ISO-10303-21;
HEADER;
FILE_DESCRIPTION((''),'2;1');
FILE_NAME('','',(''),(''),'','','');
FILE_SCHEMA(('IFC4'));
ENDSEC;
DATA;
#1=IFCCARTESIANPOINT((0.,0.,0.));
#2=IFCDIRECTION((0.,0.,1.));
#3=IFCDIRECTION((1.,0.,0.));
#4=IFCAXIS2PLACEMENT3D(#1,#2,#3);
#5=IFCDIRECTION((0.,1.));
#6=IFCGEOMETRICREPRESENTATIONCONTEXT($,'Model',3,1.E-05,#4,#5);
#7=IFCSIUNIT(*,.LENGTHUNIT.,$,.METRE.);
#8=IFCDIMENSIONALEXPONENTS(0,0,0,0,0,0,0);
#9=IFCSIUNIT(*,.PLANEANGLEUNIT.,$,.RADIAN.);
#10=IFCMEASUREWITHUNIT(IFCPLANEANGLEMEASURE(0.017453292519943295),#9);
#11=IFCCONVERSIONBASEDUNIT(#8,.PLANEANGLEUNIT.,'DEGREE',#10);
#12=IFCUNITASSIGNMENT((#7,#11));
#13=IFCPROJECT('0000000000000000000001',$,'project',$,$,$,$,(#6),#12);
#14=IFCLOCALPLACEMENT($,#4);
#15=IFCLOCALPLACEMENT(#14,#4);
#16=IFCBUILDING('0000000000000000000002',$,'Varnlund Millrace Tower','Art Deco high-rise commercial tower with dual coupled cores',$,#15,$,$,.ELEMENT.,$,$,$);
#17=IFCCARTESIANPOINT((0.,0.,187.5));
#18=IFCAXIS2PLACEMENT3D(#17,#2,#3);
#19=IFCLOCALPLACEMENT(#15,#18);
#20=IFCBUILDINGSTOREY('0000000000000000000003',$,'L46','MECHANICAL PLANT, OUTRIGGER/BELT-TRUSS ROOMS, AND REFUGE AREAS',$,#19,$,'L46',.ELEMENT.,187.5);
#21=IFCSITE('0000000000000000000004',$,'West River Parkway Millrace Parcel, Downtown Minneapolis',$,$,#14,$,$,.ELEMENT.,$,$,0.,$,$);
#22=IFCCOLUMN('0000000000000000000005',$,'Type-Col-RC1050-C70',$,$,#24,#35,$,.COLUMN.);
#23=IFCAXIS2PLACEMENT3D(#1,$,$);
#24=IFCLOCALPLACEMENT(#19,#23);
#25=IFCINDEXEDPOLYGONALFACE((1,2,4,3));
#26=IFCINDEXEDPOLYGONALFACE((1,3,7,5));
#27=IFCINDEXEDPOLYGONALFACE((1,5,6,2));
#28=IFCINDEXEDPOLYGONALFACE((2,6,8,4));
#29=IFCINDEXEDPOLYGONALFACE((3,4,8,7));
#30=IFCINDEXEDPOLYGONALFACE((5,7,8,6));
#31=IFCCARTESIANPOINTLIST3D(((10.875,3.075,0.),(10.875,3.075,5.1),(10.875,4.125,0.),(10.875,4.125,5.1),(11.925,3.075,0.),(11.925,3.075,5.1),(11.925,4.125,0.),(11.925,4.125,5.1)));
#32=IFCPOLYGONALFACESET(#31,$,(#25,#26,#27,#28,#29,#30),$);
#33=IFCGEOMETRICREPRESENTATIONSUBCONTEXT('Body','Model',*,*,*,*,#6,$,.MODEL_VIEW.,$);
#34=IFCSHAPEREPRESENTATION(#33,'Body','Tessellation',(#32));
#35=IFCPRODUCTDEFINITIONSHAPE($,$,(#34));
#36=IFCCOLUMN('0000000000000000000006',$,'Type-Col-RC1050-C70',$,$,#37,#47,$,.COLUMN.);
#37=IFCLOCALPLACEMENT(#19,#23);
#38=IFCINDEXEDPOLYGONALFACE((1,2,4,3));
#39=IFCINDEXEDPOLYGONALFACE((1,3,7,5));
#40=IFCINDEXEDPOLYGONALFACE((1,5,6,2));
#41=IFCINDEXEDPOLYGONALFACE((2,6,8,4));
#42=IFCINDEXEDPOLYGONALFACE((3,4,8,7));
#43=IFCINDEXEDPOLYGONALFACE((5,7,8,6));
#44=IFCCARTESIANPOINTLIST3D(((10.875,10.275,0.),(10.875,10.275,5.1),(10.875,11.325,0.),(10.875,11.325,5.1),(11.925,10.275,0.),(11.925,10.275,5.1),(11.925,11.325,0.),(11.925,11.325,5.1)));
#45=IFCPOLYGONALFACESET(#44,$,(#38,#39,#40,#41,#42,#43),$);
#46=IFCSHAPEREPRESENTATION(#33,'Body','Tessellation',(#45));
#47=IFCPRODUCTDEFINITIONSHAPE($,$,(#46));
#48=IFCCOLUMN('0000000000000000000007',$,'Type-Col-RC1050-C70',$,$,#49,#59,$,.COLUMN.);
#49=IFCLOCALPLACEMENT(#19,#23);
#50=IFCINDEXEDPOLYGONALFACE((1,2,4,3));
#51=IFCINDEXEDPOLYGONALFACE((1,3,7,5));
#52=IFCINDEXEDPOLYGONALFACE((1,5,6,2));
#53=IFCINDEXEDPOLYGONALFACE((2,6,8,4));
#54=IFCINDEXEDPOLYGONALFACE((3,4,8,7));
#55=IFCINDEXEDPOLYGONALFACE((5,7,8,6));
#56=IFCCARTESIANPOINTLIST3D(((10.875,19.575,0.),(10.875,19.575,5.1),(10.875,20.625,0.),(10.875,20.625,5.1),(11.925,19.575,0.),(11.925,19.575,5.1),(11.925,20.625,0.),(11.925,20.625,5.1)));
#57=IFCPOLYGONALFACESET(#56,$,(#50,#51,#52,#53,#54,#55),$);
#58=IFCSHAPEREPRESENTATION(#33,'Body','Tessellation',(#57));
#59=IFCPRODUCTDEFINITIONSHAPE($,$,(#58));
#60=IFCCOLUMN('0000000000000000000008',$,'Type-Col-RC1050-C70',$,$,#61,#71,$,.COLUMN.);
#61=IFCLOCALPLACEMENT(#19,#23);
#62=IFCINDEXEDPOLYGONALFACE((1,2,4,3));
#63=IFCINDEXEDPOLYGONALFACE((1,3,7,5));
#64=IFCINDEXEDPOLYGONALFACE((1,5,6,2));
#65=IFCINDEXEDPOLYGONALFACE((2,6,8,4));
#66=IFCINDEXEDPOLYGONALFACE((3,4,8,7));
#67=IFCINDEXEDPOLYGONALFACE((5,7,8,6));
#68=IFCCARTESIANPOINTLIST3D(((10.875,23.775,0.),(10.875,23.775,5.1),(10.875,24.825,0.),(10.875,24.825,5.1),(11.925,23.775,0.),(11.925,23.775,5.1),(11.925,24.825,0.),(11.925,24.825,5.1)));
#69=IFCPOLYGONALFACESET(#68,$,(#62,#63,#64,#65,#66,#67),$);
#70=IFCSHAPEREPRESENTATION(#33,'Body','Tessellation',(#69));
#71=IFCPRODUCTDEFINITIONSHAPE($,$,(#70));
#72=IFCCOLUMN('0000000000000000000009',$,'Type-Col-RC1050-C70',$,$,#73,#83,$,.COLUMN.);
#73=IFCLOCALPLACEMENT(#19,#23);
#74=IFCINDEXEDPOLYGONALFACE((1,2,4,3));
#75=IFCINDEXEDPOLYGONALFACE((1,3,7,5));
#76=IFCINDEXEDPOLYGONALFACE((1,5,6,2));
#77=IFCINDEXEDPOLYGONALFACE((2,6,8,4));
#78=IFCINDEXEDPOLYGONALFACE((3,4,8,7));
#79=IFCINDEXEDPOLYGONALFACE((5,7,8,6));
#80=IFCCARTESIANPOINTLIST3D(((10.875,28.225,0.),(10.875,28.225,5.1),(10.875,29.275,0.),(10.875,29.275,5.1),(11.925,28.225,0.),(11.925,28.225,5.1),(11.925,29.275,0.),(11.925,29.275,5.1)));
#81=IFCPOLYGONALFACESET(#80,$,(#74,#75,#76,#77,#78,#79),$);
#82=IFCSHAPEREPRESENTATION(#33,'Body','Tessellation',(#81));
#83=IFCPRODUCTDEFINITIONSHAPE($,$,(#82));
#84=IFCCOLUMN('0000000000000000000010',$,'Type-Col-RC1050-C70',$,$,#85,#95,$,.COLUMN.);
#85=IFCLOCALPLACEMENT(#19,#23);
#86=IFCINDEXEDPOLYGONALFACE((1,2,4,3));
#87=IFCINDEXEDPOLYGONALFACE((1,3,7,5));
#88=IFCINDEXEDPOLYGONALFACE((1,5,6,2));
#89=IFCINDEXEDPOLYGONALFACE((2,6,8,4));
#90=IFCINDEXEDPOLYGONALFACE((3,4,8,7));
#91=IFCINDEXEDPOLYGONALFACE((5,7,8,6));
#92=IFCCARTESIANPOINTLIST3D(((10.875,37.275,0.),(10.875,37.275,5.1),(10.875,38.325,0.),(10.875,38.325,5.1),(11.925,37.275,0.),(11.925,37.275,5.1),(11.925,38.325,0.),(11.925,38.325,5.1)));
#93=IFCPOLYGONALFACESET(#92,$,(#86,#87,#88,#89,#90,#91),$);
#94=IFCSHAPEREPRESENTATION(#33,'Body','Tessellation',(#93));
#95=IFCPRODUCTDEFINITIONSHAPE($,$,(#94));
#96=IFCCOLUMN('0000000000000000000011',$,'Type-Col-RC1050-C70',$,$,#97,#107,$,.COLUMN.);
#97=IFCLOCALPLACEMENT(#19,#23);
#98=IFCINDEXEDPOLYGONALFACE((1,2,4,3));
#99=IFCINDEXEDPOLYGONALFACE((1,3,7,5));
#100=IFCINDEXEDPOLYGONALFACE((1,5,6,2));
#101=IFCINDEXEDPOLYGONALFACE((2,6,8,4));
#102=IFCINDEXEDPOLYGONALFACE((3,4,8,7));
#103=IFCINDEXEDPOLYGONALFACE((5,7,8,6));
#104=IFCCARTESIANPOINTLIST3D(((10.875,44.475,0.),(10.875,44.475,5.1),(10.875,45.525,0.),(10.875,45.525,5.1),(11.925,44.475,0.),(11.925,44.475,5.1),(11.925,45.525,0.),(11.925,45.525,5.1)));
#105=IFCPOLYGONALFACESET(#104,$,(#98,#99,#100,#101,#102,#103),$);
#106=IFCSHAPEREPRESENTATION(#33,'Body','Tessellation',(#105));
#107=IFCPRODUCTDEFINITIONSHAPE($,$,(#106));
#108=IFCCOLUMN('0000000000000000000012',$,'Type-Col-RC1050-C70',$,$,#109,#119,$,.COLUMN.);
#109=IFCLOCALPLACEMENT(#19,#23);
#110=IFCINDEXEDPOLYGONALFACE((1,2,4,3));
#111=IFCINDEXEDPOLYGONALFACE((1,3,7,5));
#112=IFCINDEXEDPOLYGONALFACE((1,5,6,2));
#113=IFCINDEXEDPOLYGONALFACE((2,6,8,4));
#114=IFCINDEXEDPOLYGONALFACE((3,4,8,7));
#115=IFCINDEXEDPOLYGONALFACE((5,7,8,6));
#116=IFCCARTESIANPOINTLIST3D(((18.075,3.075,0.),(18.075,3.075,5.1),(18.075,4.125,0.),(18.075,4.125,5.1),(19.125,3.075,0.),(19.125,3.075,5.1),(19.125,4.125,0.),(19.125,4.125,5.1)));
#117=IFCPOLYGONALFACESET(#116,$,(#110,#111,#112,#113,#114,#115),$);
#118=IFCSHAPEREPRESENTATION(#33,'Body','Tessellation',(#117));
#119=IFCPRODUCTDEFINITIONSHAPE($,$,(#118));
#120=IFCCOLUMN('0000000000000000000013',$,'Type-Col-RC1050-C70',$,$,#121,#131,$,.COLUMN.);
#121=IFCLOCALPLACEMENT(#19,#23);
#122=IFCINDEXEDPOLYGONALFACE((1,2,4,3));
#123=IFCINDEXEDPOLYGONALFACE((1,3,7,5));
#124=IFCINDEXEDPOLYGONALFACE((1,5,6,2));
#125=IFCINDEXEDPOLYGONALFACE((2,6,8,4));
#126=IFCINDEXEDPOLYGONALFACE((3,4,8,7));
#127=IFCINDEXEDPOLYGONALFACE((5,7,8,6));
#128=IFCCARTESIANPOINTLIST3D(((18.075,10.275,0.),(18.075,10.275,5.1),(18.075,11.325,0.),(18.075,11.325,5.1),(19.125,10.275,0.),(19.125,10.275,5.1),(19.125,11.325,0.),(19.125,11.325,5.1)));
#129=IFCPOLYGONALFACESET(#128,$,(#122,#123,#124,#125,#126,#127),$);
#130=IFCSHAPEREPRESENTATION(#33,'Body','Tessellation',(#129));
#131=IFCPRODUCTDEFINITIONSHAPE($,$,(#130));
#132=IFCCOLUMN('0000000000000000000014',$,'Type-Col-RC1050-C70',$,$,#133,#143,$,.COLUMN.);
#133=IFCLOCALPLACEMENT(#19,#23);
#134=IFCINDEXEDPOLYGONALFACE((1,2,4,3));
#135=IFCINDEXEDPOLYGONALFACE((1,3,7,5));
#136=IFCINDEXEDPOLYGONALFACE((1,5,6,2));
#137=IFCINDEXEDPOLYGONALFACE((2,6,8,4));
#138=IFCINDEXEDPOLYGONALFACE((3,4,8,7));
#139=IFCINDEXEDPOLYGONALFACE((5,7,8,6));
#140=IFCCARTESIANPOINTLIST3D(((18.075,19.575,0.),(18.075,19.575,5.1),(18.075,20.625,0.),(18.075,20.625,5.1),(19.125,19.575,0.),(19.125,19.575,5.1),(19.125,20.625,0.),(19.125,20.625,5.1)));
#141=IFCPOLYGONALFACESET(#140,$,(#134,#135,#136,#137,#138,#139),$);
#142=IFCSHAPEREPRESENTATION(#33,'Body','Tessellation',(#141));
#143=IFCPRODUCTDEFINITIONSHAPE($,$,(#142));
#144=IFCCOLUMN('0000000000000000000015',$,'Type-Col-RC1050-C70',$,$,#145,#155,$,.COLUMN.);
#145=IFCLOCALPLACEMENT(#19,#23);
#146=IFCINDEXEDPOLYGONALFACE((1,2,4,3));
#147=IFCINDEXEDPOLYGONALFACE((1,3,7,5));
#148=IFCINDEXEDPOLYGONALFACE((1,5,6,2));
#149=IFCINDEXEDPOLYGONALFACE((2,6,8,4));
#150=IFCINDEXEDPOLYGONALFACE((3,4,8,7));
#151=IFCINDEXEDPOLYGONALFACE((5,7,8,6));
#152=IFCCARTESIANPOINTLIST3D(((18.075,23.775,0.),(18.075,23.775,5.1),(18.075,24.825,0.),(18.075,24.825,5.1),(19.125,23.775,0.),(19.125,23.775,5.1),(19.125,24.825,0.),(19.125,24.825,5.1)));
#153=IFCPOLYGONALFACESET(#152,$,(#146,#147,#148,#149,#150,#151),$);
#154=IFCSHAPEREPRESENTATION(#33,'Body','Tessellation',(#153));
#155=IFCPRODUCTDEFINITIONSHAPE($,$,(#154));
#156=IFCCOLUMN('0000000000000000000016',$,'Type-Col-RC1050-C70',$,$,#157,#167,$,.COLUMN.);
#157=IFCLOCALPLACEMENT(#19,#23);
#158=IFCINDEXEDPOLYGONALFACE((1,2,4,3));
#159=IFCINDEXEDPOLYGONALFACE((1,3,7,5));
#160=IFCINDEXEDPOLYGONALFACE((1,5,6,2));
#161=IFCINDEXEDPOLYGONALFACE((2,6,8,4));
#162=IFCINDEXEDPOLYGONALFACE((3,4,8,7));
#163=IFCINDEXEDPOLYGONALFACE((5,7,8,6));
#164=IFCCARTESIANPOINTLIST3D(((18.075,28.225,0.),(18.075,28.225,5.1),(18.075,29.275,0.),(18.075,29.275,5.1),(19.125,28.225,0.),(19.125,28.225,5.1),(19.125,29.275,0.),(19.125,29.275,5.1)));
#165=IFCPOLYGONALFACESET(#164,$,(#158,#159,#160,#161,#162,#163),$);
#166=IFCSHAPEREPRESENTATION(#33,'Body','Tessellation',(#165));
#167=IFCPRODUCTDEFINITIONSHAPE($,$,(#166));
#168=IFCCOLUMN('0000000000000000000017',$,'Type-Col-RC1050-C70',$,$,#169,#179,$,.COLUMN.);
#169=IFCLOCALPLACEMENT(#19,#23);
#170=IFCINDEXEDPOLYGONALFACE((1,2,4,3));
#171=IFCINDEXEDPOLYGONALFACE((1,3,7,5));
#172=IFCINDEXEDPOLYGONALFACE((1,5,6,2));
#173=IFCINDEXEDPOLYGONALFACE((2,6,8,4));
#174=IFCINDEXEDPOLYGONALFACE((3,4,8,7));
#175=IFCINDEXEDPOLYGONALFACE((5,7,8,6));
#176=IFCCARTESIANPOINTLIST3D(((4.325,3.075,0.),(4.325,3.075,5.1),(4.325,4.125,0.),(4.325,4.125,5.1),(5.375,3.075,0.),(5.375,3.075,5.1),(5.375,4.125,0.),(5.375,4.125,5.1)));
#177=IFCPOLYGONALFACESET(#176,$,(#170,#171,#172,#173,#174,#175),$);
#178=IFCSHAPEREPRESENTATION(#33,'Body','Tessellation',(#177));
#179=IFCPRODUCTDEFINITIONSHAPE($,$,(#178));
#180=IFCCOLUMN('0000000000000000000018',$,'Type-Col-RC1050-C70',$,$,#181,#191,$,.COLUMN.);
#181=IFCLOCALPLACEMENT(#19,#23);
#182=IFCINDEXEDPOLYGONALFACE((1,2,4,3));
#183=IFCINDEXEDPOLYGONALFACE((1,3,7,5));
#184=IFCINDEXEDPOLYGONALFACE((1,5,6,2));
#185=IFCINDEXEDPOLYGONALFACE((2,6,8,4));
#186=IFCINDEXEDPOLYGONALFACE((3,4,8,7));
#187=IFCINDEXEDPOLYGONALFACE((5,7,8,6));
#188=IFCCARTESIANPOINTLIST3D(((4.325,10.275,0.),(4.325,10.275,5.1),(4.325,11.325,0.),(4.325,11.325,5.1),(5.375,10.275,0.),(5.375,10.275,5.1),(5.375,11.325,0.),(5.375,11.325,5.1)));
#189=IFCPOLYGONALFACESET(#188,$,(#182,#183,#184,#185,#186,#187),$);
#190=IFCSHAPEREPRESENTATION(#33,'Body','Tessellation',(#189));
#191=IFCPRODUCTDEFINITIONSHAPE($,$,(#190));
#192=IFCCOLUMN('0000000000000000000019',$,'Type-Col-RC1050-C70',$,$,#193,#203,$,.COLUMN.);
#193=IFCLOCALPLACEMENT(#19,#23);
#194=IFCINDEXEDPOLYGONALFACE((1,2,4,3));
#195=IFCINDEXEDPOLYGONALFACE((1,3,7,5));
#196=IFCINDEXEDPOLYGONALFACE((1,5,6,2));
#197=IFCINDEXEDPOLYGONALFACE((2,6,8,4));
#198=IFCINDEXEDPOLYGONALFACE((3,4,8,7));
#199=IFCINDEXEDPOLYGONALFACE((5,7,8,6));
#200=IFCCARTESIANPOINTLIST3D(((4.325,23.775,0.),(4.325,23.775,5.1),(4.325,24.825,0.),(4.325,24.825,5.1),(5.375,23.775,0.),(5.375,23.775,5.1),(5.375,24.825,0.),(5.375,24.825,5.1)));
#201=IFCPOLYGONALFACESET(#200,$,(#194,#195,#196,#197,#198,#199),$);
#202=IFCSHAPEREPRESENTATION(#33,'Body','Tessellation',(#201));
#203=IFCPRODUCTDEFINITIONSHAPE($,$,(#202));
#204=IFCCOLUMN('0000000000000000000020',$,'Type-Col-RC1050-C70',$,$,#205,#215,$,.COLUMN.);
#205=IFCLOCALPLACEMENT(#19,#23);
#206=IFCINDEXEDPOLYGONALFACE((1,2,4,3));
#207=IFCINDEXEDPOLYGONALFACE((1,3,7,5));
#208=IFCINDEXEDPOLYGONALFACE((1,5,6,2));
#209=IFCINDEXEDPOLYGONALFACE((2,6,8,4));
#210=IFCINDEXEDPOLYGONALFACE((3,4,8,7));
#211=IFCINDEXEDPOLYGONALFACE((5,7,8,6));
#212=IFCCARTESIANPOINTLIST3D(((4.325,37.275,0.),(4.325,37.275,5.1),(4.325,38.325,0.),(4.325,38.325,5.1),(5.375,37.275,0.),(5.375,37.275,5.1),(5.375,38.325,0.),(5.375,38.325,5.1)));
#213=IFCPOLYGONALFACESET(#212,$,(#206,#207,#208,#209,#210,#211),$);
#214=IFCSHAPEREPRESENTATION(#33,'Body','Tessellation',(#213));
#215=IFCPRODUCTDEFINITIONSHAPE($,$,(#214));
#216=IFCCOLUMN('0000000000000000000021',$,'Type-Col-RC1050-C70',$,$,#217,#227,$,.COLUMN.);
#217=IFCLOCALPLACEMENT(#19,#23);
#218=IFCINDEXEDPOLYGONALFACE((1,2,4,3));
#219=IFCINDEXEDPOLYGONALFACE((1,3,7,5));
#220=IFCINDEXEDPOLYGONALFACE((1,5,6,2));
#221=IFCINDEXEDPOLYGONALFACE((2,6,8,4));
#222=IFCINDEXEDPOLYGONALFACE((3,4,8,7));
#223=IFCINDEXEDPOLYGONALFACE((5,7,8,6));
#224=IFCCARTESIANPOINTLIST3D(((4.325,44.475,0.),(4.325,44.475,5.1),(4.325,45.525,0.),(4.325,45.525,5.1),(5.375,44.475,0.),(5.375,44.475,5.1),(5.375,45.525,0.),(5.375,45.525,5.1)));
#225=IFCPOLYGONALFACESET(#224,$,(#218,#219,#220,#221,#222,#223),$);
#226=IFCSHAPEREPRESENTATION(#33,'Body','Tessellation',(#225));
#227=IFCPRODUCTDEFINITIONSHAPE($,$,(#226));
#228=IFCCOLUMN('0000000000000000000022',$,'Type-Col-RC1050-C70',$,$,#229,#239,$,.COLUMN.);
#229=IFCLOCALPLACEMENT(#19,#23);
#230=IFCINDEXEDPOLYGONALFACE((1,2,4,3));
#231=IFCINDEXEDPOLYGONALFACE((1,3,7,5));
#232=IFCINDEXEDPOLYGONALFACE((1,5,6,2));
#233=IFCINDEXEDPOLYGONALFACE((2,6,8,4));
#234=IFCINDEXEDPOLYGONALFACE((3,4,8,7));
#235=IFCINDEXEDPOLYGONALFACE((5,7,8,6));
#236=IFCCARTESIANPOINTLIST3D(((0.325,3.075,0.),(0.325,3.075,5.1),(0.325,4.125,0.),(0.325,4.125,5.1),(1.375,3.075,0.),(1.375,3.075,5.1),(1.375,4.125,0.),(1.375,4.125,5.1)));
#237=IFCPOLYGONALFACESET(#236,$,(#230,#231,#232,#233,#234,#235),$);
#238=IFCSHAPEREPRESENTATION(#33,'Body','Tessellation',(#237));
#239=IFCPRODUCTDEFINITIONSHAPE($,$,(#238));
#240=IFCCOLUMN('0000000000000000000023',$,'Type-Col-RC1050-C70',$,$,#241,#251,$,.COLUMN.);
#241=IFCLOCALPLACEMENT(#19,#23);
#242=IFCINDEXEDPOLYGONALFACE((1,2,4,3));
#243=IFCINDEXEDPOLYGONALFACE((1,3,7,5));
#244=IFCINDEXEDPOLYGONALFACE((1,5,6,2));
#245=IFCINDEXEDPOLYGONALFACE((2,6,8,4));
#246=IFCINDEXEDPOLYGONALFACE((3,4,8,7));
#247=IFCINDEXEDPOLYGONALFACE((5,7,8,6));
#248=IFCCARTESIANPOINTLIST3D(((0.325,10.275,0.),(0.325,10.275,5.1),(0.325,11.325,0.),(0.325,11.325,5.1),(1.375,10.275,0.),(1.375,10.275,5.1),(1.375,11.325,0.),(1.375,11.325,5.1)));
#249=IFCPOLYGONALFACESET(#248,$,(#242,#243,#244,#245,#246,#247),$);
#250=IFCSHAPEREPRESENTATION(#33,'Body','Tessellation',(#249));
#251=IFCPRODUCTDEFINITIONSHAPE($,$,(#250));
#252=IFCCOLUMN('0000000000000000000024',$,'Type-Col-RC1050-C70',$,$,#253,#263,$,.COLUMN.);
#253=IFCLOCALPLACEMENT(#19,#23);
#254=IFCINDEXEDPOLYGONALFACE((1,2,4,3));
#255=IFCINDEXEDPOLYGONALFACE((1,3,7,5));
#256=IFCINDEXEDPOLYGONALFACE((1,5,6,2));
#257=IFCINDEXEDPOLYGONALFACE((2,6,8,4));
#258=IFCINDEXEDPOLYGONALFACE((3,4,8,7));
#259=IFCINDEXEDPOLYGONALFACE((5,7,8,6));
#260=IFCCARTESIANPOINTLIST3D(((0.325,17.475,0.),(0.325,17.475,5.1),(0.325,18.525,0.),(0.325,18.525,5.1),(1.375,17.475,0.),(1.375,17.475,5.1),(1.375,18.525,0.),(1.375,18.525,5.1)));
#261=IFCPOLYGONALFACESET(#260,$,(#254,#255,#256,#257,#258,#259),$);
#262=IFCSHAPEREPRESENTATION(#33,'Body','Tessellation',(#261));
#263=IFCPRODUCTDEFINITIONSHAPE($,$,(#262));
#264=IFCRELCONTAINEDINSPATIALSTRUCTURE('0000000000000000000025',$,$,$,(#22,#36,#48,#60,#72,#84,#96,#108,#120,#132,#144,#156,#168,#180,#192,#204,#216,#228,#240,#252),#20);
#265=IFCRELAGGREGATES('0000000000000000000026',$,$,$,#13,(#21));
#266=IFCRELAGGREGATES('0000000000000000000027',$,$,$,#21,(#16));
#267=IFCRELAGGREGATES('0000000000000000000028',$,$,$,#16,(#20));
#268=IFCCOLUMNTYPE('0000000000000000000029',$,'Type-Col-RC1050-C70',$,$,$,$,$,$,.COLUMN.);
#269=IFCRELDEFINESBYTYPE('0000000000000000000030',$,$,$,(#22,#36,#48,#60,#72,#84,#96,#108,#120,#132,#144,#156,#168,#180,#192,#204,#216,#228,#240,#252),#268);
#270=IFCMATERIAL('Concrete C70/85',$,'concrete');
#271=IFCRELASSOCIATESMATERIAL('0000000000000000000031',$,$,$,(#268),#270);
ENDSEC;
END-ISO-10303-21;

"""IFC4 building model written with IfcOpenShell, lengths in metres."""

from ifc_helpers import new_model, entity, si_unit, converted_unit, direction, frame, origin_with_axes, origin_2d_with_axis, place, context, subcontext, project, spatial, rectangle, extrude, material, material_profile, profile_set, type_object, element, save


model = new_model("IFC4")

# Units and contexts
model_context = context("Model", 3, precision=1e-05, world=origin_with_axes(), true_north=direction((0.0, 1.0)))
body_context = subcontext(model_context, "Body", "Model", "MODEL_VIEW")
ifc_project = project(units=[si_unit("LENGTHUNIT", "METRE"), converted_unit("PLANEANGLEUNIT", "DEGREE", entity("IfcPlaneAngleMeasure", 0.017453292519943295), si_unit("PLANEANGLEUNIT", "RADIAN"), dimensions=[0, 0, 0, 0, 0, 0, 0])], contexts=[model_context])

# Site, building, storey
site_placement = place(None, origin_with_axes())
site = spatial("IfcSite", under=ifc_project, at=site_placement, Name="West River Parkway Millrace Parcel, Downtown Minneapolis", CompositionType="ELEMENT", RefElevation=0.0)
building_placement = place(site_placement, origin_with_axes())
building = spatial("IfcBuilding", under=site, at=building_placement, Name="Varnlund Millrace Tower", Description="Art Deco high-rise commercial tower with dual coupled cores", CompositionType="ELEMENT")
storey_placement = place(building_placement, frame((0.0, 0.0, 187.5), z_axis=(0.0, 0.0, 1.0), x_axis=(1.0, 0.0, 0.0)))
storey = spatial("IfcBuildingStorey", under=building, at=storey_placement, Name="L46", Description="MECHANICAL PLANT, OUTRIGGER/BELT-TRUSS ROOMS, AND REFUGE AREAS", LongName="L46", CompositionType="ELEMENT", Elevation=187.5)

# Columns
ifc_material_1 = material(Name="Concrete C70/85", Category="concrete")
ifc_material_profile = material_profile(ifc_material_1, rectangle(XDim=1.05, YDim=1.05, at=origin_2d_with_axis()), Name="Concrete C70/85")
ifc_profile_set = profile_set([ifc_material_profile], Name="Concrete C70/85")
column_type = type_object("IfcColumnType", Name="Type-Col-RC1050-C70", PredefinedType="COLUMN", material=ifc_profile_set)
for number, where, z_axis, x_axis, name in (
    (1, (11.4, 3.6, 0.0), (0.0, 0.0, 1.0), (1.0, 0.0, 0.0), "Type-Col-RC1050-C70"),
    (2, (11.4, 10.8, 0.0), (0.0, 0.0, 1.0), (1.0, 0.0, 0.0), "Type-Col-RC1050-C70"),
    (3, (11.4, 20.1, 0.0), (0.0, 0.0, 1.0), (1.0, 0.0, 0.0), "Type-Col-RC1050-C70"),
    (4, (11.4, 24.3, 0.0), (0.0, 0.0, 1.0), (1.0, 0.0, 0.0), "Type-Col-RC1050-C70"),
    (5, (11.4, 28.75, 0.0), (0.0, 0.0, 1.0), (1.0, 0.0, 0.0), "Type-Col-RC1050-C70"),
    (6, (11.4, 37.8, 0.0), (0.0, 0.0, 1.0), (1.0, 0.0, 0.0), "Type-Col-RC1050-C70"),
    (7, (11.4, 45.0, 0.0), (0.0, 0.0, 1.0), (1.0, 0.0, 0.0), "Type-Col-RC1050-C70"),
    (8, (18.6, 3.6, 0.0), (0.0, 0.0, 1.0), (1.0, 0.0, 0.0), "Type-Col-RC1050-C70"),
    (9, (18.6, 10.8, 0.0), (0.0, 0.0, 1.0), (1.0, 0.0, 0.0), "Type-Col-RC1050-C70"),
    (10, (18.6, 20.1, 0.0), (0.0, 0.0, 1.0), (1.0, 0.0, 0.0), "Type-Col-RC1050-C70"),
    (11, (18.6, 24.3, 0.0), (0.0, 0.0, 1.0), (1.0, 0.0, 0.0), "Type-Col-RC1050-C70"),
    (12, (18.6, 28.75, 0.0), (0.0, 0.0, 1.0), (1.0, 0.0, 0.0), "Type-Col-RC1050-C70"),
    (13, (4.85, 3.6, 0.0), (0.0, 0.0, 1.0), (1.0, 0.0, 0.0), "Type-Col-RC1050-C70"),
    (14, (4.85, 10.8, 0.0), (0.0, 0.0, 1.0), (1.0, 0.0, 0.0), "Type-Col-RC1050-C70"),
    (15, (4.85, 24.3, 0.0), (0.0, 0.0, 1.0), (1.0, 0.0, 0.0), "Type-Col-RC1050-C70"),
    (16, (4.85, 37.8, 0.0), (0.0, 0.0, 1.0), (1.0, 0.0, 0.0), "Type-Col-RC1050-C70"),
    (17, (4.85, 45.0, 0.0), (0.0, 0.0, 1.0), (1.0, 0.0, 0.0), "Type-Col-RC1050-C70"),
    (18, (0.85, 3.6, 0.0), (0.0, 0.0, 1.0), (1.0, 0.0, 0.0), "Type-Col-RC1050-C70"),
    (19, (0.85, 10.8, 0.0), (0.0, 0.0, 1.0), (1.0, 0.0, 0.0), "Type-Col-RC1050-C70"),
    (20, (0.85, 18.0, 0.0), (0.0, 0.0, 1.0), (1.0, 0.0, 0.0), "Type-Col-RC1050-C70"),
):
    element("IfcColumn", number, at=place(storey_placement, frame(where, z_axis=z_axis, x_axis=x_axis)), inside=storey, type_object=column_type, Name=name, PredefinedType="COLUMN", context=body_context, shape_type="SweptSolid", body=[
        extrude(rectangle(XDim=1.05, YDim=1.05, at=origin_2d_with_axis()), origin_with_axes(), (0.0, 0.0, 1.0), 5.1),
    ])

save(model, "model.ifc")
